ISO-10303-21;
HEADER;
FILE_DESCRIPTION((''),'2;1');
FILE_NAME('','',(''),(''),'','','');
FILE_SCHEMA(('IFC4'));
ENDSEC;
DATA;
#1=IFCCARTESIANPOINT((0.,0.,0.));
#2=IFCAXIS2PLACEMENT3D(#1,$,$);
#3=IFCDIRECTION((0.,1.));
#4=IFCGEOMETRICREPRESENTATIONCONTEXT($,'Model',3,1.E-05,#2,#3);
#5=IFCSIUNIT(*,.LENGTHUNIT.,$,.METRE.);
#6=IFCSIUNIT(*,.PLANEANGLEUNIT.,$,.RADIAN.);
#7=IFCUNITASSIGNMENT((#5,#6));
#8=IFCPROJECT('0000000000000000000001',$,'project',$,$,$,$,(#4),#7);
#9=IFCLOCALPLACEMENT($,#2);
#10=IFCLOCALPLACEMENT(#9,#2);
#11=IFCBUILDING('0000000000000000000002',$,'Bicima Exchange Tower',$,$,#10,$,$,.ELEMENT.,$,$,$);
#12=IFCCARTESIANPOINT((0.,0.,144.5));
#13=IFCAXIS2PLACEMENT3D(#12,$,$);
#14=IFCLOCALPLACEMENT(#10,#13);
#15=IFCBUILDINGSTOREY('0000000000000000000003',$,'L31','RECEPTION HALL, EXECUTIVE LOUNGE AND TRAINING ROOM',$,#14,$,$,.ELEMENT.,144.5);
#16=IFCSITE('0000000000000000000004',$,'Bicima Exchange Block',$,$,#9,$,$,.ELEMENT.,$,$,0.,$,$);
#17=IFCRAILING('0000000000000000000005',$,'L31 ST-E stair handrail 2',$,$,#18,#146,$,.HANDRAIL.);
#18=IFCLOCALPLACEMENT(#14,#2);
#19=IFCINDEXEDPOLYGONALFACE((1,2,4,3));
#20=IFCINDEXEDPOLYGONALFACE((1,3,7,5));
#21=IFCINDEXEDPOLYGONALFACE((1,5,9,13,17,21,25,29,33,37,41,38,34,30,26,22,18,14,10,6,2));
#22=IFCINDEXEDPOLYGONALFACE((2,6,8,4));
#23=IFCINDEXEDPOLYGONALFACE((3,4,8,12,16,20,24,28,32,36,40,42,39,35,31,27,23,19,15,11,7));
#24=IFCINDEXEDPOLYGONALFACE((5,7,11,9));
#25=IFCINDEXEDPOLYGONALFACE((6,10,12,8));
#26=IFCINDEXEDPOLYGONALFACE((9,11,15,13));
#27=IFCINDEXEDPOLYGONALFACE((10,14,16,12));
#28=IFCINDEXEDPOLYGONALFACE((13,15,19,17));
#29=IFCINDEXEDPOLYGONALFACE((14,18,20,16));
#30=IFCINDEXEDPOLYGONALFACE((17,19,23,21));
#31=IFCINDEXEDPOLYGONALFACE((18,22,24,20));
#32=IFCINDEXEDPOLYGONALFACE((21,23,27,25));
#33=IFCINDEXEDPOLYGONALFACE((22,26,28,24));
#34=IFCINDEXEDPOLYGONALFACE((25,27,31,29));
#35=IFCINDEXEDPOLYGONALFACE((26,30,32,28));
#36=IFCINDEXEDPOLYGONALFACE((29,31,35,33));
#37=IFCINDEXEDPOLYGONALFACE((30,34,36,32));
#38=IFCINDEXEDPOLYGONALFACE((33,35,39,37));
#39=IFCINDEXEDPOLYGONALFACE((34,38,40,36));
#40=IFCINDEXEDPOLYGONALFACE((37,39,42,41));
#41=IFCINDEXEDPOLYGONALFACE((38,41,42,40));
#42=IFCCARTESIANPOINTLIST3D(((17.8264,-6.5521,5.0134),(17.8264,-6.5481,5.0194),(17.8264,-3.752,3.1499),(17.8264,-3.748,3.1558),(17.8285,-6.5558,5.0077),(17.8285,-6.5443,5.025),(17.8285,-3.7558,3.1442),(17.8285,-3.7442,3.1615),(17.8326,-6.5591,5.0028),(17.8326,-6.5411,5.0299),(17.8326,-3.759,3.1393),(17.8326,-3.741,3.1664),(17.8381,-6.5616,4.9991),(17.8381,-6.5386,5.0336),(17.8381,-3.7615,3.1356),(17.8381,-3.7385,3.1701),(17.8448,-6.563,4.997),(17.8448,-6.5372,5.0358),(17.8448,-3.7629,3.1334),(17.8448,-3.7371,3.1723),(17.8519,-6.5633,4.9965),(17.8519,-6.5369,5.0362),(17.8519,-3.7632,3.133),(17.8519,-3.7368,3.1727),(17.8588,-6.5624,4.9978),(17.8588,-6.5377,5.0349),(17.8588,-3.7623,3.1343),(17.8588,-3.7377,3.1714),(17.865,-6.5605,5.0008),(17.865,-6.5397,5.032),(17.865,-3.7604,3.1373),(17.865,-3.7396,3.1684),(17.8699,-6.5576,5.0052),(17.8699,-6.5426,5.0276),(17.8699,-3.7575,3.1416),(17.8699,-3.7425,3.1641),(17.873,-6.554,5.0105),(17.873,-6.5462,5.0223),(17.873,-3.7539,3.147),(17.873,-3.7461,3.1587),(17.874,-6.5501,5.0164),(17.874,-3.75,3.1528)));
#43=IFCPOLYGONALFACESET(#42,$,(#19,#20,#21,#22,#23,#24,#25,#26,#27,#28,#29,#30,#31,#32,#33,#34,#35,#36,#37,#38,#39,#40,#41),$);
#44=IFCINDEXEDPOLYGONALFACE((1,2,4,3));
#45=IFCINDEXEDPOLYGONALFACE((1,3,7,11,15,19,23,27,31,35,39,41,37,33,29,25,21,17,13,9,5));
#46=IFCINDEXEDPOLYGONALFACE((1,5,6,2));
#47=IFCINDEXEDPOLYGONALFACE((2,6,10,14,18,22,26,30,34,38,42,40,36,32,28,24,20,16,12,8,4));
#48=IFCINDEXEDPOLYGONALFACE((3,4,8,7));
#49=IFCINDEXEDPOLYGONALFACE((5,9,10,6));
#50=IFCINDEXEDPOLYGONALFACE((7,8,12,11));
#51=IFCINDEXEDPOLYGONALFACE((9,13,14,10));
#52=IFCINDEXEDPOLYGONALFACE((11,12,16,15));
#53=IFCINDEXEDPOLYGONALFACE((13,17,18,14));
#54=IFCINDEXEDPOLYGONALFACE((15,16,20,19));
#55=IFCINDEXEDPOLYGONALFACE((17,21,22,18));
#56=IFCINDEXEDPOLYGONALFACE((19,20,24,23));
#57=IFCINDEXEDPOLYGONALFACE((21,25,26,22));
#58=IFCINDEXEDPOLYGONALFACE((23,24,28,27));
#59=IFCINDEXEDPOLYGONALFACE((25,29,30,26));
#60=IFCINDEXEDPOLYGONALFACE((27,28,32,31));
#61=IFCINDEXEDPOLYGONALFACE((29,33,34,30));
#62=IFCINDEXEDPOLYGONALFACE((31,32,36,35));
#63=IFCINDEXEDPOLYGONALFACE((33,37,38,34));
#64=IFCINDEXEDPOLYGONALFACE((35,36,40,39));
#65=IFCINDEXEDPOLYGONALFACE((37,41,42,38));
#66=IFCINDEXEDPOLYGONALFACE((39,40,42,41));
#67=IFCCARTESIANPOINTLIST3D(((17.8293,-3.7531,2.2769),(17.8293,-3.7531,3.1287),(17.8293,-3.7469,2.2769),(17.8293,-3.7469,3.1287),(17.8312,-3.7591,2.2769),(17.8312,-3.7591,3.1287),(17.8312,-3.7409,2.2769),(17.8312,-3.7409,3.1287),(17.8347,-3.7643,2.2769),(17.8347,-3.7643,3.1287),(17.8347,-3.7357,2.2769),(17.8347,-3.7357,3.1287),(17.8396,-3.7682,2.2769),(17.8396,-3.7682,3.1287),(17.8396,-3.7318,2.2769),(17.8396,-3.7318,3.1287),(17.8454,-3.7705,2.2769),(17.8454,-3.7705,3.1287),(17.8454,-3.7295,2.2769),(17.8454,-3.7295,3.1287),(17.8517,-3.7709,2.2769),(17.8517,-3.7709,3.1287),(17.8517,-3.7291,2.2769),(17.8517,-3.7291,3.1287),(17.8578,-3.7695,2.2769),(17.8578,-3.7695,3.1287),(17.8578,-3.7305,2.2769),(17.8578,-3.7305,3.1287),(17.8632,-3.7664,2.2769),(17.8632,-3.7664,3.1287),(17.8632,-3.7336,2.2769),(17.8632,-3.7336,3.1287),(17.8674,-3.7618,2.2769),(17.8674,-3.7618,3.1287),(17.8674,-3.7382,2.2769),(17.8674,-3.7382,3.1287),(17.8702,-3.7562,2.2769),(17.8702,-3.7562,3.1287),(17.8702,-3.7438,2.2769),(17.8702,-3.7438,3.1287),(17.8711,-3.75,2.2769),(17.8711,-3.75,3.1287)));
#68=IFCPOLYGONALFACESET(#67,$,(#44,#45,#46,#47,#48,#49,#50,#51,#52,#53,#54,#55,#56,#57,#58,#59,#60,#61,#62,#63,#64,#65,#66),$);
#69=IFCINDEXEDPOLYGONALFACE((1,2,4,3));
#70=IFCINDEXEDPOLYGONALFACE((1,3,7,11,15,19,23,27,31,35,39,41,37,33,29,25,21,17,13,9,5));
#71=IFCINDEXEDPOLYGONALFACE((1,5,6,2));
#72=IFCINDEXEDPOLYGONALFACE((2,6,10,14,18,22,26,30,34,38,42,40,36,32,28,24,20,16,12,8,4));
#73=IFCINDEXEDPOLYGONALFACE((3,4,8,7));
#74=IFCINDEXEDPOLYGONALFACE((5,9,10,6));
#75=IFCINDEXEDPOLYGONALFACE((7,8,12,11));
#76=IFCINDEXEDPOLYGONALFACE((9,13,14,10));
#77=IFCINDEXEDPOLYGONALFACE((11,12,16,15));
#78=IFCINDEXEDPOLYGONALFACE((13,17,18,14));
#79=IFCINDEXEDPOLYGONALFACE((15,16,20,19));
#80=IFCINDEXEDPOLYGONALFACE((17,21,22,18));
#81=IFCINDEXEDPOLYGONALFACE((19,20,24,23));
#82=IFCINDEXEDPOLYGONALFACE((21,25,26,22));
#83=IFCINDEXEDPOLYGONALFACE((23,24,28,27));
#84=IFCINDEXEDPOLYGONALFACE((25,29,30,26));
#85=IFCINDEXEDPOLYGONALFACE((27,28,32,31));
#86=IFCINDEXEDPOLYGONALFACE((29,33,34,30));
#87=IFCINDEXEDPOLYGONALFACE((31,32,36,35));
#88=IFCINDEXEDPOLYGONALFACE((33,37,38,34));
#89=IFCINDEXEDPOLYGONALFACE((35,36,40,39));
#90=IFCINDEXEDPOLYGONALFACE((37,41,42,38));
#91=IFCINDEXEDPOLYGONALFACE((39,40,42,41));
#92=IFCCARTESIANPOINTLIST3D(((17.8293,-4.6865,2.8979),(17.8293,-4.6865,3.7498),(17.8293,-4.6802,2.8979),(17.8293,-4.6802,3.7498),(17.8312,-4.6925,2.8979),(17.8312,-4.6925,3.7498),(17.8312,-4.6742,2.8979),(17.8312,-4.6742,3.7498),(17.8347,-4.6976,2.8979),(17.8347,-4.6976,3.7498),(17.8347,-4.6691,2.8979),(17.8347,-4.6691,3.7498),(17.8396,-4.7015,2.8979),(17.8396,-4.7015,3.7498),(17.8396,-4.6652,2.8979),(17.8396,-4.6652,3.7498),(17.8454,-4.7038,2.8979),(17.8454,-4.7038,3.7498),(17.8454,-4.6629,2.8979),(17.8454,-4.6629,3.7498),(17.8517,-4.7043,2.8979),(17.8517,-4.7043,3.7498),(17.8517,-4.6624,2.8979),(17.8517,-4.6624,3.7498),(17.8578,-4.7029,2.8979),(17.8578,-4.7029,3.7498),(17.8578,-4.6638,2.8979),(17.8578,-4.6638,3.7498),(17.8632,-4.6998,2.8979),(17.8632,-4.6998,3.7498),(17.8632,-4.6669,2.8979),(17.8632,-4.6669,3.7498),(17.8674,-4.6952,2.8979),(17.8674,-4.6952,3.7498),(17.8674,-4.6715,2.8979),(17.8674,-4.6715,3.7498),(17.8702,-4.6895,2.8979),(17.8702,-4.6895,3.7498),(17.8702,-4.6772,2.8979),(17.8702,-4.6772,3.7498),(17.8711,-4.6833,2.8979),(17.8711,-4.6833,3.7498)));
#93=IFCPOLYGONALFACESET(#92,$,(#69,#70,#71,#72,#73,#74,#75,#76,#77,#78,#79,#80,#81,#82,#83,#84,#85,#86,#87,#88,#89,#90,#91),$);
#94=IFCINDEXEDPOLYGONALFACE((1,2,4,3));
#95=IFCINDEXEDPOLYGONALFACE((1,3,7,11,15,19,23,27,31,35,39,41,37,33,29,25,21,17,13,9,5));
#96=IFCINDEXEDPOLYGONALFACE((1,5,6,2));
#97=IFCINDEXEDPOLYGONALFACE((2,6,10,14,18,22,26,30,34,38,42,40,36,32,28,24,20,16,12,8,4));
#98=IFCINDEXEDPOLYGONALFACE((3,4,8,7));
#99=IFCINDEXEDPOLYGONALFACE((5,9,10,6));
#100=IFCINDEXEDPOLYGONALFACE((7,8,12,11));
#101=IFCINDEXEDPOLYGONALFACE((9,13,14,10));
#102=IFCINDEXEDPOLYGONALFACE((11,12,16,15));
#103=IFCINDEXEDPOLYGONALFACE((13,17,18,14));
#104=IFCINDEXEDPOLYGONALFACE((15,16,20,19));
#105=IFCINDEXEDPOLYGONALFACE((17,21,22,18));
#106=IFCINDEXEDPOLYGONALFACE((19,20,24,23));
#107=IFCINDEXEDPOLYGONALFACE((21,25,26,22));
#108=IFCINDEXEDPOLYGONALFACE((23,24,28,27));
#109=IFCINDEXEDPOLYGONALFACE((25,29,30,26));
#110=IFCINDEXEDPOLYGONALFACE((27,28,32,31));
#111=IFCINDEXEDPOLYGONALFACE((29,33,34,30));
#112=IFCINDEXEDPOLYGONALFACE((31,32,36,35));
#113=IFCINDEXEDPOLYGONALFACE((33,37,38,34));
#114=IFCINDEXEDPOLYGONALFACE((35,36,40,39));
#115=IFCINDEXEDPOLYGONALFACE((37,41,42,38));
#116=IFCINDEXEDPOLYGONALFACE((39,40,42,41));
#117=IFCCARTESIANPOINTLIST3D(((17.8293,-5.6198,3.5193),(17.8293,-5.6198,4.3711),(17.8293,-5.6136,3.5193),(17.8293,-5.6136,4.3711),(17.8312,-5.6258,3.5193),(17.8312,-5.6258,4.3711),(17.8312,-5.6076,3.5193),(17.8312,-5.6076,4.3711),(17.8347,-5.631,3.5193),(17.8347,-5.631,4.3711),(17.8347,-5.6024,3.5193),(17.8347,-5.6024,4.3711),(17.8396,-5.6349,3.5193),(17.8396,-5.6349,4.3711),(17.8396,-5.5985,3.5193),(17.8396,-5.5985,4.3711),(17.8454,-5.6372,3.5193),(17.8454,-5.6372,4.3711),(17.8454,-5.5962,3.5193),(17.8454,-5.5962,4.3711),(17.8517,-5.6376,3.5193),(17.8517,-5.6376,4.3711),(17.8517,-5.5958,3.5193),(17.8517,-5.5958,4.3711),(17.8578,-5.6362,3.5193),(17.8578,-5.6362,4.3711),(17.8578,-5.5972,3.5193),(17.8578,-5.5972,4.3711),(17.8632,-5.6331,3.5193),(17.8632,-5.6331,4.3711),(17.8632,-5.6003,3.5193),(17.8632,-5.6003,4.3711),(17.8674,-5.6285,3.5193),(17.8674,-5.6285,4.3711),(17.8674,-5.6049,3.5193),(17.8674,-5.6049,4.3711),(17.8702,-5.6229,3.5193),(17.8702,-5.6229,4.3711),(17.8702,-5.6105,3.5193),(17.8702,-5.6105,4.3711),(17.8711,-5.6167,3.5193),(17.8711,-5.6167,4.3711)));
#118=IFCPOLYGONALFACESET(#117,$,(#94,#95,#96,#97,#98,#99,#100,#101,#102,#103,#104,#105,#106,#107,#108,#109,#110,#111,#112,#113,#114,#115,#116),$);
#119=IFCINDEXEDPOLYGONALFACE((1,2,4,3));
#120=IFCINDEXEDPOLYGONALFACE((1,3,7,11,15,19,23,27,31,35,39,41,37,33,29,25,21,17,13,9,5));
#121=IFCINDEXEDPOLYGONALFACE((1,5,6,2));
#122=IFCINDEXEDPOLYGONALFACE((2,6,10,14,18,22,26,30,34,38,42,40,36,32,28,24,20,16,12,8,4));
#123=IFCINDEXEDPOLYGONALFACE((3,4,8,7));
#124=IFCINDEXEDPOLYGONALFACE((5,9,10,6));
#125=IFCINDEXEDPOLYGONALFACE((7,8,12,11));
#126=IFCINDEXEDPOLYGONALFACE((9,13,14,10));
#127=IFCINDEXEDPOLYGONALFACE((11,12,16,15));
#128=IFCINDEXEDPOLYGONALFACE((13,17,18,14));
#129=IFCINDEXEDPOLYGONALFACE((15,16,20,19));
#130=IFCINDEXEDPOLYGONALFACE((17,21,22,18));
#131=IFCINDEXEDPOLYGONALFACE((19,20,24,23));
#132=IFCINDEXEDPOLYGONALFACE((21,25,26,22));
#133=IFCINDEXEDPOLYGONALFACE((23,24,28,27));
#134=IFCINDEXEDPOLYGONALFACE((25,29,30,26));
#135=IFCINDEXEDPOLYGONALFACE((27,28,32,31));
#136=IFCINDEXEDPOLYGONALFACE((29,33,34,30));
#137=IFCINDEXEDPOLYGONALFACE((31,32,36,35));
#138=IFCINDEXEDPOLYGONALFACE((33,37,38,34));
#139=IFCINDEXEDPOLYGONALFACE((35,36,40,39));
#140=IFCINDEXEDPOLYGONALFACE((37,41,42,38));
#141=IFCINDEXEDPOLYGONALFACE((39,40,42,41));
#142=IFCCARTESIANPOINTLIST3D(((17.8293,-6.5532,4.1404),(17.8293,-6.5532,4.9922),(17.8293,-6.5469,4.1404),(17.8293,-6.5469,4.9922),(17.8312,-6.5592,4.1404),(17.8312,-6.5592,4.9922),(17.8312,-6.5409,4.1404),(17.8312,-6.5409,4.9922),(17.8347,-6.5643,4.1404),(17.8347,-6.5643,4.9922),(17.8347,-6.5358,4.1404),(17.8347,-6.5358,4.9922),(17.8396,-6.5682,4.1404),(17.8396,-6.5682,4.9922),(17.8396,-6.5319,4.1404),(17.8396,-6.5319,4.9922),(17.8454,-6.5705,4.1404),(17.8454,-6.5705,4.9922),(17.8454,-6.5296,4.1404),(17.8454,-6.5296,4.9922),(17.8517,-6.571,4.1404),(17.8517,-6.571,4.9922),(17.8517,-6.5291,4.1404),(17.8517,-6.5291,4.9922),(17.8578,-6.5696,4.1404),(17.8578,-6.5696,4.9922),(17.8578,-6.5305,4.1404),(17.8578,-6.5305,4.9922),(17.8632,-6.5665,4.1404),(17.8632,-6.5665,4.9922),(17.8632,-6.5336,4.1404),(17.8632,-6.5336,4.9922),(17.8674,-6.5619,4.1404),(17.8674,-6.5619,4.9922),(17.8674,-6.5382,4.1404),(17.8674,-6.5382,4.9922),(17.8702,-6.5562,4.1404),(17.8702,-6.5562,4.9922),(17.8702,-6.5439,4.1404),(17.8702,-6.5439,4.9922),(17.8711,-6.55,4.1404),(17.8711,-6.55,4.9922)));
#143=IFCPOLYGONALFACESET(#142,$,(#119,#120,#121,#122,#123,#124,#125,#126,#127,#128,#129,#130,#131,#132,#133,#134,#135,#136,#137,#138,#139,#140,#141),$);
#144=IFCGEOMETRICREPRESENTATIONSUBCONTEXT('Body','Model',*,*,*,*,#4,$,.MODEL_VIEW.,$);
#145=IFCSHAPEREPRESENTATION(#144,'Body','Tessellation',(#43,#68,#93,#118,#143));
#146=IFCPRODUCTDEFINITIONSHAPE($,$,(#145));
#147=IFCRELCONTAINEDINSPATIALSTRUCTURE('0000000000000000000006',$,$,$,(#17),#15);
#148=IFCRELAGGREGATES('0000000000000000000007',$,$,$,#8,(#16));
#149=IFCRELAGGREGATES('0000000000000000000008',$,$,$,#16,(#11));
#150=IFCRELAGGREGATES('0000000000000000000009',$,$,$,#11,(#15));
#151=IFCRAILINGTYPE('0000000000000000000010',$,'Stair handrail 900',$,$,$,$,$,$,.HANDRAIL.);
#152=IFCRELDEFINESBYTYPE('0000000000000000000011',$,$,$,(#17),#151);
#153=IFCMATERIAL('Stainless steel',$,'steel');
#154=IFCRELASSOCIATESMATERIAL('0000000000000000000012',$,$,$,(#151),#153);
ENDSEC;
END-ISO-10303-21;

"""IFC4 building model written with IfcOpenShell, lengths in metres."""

from ifc_helpers import new_model, si_unit, direction, frame, origin, origin_2d, place, context, subcontext, project, spatial, circle, extrude, material, type_object, element, save


model = new_model("IFC4")

# Units and contexts
model_context = context("Model", 3, precision=1e-05, world=origin(), true_north=direction((0.0, 1.0)))
body_context = subcontext(model_context, "Body", "Model", "MODEL_VIEW")
ifc_project = project(units=[si_unit("LENGTHUNIT", "METRE"), si_unit("PLANEANGLEUNIT", "RADIAN")], contexts=[model_context])

# Site, building, storey
site_placement = place(None, origin())
site = spatial("IfcSite", under=ifc_project, at=site_placement, Name="Bicima Exchange Block", CompositionType="ELEMENT", RefElevation=0.0)
building_placement = place(site_placement, origin())
building = spatial("IfcBuilding", under=site, at=building_placement, Name="Bicima Exchange Tower", CompositionType="ELEMENT")
storey_placement = place(building_placement, frame((0.0, 0.0, 144.5)))
storey = spatial("IfcBuildingStorey", under=building, at=storey_placement, Name="L31", Description="RECEPTION HALL, EXECUTIVE LOUNGE AND TRAINING ROOM", CompositionType="ELEMENT", Elevation=144.5)

# Railing
ifc_material_1 = material(Name="Stainless steel", Category="steel")
railing_type_1 = type_object("IfcRailingType", Name="Stair handrail 900", PredefinedType="HANDRAIL", material=ifc_material_1)
for number, where, name in (
    (1, (17.8501, -3.75, 2.2769), "L31 ST-E stair handrail 2"),
):
    element("IfcRailing", number, at=place(storey_placement, frame(where)), inside=storey, type_object=railing_type_1, Name=name, PredefinedType="HANDRAIL", context=body_context, shape_type="SweptSolid", body=[
        extrude(circle(Radius=0.0239, at=origin_2d()), frame((0.0, 0.0, 0.876), z_axis=(0.0, -0.832486, 0.554047), x_axis=(1.0, 0.0, 0.0)), (0.0, 0.0, 1.0), 3.3635),
        extrude(circle(Radius=0.021, at=origin_2d()), origin(), (0.0, 0.0, 1.0), 0.8518),
        extrude(circle(Radius=0.021, at=origin_2d()), frame((0.0, -0.9333, 0.6211)), (0.0, 0.0, 1.0), 0.8518),
        extrude(circle(Radius=0.021, at=origin_2d()), frame((0.0, -1.8667, 1.2424)), (0.0, 0.0, 1.0), 0.8518),
        extrude(circle(Radius=0.021, at=origin_2d()), frame((0.0, -2.8, 1.8635)), (0.0, 0.0, 1.0), 0.8518),
    ])

save(model, "model.ifc")
